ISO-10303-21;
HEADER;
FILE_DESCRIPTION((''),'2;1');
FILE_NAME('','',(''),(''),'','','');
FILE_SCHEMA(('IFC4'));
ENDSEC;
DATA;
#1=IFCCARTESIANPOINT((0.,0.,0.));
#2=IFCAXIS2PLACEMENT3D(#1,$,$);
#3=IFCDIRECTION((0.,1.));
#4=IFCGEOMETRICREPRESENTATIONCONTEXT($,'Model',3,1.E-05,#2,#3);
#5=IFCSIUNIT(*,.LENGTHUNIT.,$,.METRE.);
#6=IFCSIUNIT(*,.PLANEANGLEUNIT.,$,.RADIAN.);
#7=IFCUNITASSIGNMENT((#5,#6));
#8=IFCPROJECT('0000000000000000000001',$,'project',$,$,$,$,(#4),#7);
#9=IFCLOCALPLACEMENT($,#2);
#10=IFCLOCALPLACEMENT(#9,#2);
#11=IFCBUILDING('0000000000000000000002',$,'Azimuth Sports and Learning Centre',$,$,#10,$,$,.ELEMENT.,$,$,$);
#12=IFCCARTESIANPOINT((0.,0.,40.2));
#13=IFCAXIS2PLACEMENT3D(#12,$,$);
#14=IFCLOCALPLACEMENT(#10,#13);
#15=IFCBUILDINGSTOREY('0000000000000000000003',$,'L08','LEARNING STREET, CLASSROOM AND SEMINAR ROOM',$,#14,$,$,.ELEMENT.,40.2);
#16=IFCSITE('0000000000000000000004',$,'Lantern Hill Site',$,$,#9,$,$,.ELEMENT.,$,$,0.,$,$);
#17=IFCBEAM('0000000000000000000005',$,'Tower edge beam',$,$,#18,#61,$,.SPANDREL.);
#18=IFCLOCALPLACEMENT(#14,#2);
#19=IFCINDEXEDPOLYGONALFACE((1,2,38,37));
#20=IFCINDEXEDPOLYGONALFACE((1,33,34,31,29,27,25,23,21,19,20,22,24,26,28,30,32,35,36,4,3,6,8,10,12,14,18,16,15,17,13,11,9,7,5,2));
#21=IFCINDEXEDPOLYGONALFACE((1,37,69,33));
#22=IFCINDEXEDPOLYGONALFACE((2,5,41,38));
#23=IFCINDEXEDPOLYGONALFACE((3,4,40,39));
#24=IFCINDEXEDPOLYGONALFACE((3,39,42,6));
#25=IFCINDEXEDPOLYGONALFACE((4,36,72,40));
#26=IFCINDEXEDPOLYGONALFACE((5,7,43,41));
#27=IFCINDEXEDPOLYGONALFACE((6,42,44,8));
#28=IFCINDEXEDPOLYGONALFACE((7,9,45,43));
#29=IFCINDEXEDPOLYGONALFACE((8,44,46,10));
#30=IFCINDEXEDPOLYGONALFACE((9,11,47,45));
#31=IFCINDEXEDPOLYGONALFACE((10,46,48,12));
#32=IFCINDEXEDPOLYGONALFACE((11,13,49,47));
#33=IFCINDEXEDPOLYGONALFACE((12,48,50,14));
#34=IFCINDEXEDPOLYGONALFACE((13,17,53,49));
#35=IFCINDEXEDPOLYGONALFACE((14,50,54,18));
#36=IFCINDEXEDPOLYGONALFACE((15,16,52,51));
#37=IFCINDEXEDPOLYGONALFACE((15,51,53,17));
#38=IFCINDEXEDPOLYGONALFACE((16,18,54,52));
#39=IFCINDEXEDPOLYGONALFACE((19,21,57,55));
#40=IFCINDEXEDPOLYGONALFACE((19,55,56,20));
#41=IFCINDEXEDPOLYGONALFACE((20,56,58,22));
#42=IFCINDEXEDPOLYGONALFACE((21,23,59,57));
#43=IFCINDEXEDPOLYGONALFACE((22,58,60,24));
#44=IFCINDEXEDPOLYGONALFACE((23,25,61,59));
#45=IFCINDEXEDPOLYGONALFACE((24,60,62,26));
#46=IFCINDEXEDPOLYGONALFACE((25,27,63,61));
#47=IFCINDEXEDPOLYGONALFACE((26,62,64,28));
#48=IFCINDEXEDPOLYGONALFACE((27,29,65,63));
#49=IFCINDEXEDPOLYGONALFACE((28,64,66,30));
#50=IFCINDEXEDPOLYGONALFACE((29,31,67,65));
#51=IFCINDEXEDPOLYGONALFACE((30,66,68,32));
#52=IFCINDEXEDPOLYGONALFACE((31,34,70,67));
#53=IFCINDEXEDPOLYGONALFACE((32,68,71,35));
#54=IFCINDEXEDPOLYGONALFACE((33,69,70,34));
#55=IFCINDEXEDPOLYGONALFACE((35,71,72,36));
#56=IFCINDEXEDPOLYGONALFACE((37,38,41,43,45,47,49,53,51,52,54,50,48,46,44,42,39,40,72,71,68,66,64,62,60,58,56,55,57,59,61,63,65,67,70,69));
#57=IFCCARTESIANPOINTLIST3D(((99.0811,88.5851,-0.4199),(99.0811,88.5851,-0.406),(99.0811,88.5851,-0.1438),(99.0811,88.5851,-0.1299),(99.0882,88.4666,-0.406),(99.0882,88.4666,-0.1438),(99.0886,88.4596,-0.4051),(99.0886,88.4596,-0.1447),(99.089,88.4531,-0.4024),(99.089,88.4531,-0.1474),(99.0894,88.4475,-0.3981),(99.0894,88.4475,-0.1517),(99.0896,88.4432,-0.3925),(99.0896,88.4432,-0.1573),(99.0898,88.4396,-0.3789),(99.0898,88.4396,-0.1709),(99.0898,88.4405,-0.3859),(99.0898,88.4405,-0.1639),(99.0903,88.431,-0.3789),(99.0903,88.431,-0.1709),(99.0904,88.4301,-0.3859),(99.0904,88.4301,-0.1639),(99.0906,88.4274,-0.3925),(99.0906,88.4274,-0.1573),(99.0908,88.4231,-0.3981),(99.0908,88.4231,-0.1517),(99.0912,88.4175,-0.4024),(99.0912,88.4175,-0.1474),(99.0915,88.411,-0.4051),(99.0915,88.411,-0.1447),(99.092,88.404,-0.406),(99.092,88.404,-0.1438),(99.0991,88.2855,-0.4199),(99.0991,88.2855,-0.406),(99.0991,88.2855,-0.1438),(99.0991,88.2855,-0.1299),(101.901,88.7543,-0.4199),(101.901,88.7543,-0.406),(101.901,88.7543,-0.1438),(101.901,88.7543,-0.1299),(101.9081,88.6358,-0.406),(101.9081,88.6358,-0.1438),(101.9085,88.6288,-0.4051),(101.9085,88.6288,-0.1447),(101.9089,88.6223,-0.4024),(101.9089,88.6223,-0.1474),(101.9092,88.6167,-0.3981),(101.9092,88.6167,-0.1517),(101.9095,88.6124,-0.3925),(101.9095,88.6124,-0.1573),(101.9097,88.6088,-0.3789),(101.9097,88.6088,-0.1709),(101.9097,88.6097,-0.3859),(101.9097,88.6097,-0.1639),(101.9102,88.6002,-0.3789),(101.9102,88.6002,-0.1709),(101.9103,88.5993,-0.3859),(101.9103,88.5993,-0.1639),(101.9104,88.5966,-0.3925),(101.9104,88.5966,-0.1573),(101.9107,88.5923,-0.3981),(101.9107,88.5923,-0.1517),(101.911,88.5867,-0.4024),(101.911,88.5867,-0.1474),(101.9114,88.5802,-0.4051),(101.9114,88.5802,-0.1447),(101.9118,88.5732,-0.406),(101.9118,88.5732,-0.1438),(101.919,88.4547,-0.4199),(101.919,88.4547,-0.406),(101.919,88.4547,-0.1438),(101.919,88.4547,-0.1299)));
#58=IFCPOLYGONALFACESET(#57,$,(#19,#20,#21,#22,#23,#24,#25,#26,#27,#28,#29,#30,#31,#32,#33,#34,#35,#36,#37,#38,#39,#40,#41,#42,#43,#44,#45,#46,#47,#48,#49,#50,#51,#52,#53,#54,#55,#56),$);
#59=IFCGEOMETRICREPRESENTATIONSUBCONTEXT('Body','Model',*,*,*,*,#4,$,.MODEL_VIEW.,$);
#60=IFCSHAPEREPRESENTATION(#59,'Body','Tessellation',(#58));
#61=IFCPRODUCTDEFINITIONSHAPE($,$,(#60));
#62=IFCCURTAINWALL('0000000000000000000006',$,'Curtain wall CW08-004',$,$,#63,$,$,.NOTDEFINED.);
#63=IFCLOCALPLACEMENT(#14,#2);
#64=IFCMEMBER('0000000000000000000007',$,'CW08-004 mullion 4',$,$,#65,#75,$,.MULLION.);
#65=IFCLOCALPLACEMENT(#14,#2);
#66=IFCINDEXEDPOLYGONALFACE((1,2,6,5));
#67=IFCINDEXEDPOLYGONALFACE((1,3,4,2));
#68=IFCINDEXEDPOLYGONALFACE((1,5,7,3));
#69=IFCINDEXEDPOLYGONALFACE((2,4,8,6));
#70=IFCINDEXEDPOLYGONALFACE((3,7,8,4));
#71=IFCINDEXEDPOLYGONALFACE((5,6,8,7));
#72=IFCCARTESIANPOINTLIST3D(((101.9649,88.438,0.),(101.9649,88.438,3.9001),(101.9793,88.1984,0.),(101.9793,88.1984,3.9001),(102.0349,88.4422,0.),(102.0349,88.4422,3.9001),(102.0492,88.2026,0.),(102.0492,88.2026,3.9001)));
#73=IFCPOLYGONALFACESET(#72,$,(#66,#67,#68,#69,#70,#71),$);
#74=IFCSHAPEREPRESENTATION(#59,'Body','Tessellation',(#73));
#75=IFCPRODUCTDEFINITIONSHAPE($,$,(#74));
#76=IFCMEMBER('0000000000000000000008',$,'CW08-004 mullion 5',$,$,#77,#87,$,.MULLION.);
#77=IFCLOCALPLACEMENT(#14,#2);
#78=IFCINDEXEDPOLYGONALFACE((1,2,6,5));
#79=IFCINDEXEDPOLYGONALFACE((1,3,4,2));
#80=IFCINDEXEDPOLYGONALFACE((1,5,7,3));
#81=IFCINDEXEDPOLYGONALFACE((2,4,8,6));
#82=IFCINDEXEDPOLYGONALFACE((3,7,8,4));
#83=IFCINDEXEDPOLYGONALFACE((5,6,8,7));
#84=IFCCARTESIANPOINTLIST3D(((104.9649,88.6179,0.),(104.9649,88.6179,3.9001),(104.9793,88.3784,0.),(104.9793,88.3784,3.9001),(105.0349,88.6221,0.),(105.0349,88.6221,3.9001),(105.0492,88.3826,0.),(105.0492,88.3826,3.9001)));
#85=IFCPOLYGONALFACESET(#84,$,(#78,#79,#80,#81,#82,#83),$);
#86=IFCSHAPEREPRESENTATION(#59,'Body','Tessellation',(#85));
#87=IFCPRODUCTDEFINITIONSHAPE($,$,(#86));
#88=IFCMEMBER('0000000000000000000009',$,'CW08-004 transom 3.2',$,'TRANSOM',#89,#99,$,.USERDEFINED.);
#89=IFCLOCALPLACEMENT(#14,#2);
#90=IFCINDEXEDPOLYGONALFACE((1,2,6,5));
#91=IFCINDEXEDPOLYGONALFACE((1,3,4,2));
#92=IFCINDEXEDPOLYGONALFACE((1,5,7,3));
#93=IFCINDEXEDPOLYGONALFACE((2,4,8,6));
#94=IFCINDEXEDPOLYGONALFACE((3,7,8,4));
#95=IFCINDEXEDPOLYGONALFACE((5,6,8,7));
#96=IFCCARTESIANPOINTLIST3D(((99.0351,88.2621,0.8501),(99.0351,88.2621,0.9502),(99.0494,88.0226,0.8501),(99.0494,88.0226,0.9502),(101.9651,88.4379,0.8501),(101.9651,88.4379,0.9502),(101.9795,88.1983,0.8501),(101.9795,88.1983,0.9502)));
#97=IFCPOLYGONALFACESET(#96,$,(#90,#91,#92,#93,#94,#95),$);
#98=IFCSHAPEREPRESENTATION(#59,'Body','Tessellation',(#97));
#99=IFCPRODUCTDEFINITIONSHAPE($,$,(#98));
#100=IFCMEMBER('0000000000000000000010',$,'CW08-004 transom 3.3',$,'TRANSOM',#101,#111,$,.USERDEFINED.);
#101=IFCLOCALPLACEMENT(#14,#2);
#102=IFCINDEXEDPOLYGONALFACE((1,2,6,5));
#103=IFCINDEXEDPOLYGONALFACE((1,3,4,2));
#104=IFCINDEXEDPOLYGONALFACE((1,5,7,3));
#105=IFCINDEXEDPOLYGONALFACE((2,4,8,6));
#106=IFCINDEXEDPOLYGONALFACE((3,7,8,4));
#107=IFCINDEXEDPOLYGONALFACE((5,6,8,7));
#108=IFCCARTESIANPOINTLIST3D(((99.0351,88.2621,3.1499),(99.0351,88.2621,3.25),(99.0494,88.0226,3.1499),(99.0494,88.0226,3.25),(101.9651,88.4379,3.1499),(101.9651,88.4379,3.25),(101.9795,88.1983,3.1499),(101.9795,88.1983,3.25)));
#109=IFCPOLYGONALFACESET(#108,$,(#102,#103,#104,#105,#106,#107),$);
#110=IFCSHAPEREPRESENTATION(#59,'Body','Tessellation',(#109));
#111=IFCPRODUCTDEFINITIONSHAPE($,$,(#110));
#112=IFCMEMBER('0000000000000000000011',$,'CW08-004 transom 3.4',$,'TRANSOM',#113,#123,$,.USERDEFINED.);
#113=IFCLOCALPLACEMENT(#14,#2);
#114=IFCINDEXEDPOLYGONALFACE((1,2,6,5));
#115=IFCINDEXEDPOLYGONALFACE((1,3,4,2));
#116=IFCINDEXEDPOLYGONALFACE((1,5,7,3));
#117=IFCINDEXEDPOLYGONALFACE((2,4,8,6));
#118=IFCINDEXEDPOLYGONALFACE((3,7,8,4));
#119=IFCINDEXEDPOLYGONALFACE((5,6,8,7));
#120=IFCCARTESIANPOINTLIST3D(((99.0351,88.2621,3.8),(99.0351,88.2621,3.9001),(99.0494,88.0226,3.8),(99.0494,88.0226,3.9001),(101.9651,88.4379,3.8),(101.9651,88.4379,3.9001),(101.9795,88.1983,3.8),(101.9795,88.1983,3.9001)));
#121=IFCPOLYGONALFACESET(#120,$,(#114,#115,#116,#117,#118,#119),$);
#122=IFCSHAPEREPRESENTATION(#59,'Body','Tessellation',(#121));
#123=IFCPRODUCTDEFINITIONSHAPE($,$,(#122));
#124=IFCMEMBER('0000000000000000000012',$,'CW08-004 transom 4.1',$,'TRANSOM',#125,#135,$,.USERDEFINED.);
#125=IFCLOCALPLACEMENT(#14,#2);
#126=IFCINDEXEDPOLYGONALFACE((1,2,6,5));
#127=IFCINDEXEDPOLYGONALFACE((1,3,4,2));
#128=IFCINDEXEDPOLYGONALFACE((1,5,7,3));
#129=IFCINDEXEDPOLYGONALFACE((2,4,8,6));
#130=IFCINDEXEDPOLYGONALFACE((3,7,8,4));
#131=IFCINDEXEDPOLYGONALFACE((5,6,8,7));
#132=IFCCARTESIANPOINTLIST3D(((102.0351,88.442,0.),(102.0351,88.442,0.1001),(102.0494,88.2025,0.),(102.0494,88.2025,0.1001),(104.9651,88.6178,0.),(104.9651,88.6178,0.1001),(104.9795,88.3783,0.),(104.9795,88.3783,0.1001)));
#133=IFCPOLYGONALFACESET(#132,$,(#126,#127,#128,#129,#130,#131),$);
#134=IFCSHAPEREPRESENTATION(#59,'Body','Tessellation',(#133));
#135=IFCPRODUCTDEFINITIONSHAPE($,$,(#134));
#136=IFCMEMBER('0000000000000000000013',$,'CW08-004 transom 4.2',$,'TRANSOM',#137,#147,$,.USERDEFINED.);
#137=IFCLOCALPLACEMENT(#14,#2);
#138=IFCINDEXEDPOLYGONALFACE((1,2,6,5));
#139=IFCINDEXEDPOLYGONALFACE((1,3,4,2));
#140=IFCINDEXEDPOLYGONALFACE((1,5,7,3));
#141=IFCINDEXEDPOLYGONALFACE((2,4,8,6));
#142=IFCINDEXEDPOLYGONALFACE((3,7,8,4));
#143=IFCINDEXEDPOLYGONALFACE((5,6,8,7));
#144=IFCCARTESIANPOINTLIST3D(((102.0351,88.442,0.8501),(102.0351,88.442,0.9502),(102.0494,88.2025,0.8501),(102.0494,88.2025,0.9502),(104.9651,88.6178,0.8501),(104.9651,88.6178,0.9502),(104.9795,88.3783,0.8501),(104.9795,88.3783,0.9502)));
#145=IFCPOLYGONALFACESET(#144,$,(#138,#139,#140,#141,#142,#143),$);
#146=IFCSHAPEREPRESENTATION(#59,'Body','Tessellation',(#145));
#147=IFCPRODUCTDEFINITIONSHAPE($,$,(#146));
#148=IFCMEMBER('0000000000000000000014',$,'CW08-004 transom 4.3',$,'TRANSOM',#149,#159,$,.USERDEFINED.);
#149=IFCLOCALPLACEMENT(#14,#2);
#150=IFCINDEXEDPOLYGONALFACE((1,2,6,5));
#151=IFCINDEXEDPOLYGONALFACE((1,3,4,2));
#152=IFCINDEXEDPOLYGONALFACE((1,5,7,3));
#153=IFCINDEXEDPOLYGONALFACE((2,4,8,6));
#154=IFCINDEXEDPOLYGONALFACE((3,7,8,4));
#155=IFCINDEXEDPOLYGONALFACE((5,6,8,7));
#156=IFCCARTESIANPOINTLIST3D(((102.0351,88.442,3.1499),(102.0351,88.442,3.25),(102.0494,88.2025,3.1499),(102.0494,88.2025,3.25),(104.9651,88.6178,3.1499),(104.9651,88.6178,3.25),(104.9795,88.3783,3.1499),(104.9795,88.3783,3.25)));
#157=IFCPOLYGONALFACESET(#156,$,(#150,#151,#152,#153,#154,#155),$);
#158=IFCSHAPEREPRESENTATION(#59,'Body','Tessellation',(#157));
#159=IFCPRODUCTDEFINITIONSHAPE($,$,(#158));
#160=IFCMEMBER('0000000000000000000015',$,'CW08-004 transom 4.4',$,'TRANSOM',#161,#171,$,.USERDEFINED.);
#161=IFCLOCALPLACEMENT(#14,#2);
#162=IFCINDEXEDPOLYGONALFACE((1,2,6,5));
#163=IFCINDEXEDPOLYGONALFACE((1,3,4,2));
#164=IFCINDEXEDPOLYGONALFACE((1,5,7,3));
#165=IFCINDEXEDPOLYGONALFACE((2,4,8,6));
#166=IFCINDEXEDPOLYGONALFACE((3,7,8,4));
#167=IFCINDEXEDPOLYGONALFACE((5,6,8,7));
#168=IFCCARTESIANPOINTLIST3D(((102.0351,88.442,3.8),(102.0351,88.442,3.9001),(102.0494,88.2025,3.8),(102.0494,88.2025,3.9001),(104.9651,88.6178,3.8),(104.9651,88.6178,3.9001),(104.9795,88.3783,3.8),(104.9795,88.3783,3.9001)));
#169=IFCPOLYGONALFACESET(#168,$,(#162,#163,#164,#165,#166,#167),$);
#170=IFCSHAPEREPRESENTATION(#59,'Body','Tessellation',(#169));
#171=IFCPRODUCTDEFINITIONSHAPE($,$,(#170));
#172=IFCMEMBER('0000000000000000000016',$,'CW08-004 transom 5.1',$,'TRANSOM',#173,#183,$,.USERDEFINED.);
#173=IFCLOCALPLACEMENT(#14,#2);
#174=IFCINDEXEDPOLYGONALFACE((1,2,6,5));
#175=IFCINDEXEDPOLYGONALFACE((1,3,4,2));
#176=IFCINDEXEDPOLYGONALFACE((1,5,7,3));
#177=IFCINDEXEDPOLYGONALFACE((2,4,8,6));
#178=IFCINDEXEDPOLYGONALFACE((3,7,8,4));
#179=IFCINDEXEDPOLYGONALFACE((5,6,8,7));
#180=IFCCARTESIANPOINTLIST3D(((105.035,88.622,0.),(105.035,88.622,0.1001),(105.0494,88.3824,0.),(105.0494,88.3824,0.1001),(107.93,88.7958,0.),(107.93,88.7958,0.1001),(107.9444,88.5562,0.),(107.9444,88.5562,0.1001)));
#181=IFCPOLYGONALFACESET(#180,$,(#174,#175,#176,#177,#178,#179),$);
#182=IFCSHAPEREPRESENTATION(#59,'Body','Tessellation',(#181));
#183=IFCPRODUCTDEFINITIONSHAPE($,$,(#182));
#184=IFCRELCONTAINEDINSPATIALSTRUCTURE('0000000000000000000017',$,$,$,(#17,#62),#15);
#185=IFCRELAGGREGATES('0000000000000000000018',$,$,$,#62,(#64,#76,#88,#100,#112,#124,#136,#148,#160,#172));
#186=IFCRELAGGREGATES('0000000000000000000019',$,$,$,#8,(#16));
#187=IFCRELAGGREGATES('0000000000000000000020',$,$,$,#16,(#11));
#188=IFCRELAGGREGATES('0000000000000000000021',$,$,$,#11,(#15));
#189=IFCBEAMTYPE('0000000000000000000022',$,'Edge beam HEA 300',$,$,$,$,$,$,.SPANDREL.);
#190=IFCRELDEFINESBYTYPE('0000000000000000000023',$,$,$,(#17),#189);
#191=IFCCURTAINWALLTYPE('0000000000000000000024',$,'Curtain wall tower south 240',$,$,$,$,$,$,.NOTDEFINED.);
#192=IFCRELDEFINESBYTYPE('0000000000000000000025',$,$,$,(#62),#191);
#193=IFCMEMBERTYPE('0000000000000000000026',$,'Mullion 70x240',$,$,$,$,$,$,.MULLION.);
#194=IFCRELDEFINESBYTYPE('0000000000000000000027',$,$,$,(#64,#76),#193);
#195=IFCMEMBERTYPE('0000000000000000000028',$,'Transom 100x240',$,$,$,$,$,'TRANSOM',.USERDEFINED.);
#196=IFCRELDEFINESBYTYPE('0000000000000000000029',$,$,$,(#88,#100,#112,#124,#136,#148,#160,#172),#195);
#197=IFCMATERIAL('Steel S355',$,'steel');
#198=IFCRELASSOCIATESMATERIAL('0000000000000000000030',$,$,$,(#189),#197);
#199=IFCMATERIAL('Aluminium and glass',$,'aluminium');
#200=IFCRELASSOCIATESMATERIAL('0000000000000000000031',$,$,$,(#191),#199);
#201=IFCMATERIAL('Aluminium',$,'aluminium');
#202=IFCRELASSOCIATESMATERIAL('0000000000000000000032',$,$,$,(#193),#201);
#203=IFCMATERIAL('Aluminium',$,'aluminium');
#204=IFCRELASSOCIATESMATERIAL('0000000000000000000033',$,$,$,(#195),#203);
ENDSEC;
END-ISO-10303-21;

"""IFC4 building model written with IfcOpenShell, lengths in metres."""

from ifc_helpers import new_model, si_unit, direction, frame, origin, origin_2d, place, context, subcontext, project, spatial, rectangle, i_section, extrude, material, material_profile, profile_set, type_object, element, aggregate, save


model = new_model("IFC4")

# Units and contexts
model_context = context("Model", 3, precision=1e-05, world=origin(), true_north=direction((0.0, 1.0)))
body_context = subcontext(model_context, "Body", "Model", "MODEL_VIEW")
ifc_project = project(units=[si_unit("LENGTHUNIT", "METRE"), si_unit("PLANEANGLEUNIT", "RADIAN")], contexts=[model_context])

# Site, building, storey
site_placement = place(None, origin())
site = spatial("IfcSite", under=ifc_project, at=site_placement, Name="Lantern Hill Site", CompositionType="ELEMENT", RefElevation=0.0)
building_placement = place(site_placement, origin())
building = spatial("IfcBuilding", under=site, at=building_placement, Name="Azimuth Sports and Learning Centre", CompositionType="ELEMENT")
storey_placement = place(building_placement, frame((0.0, 0.0, 40.2)))
storey = spatial("IfcBuildingStorey", under=building, at=storey_placement, Name="L08", Description="LEARNING STREET, CLASSROOM AND SEMINAR ROOM", CompositionType="ELEMENT", Elevation=40.2)

# Beam
ifc_material_1 = material(Name="Steel S355", Category="steel")
ifc_material_profile_1 = material_profile(ifc_material_1, i_section(OverallWidth=0.3, OverallDepth=0.29, WebThickness=0.0085, FlangeThickness=0.0139, FilletRadius=0.0271, at=origin_2d()), Name="HEA 300")
ifc_profile_set_1 = profile_set([ifc_material_profile_1], Name="Steel S355")
beam_type = type_object("IfcBeamType", Name="Edge beam HEA 300", PredefinedType="SPANDREL", material=ifc_profile_set_1)
beam_placement = place(storey_placement, frame((99.0901, 88.4353, -0.2749), z_axis=(0.998205, 0.059892, 0.0), x_axis=(-0.059892, 0.998205, 0.0)))
element("IfcBeam", 1, at=beam_placement, inside=storey, type_object=beam_type, Name="Tower edge beam", PredefinedType="SPANDREL", context=body_context, shape_type="SweptSolid", body=[
    extrude(i_section(OverallWidth=0.3, OverallDepth=0.29, WebThickness=0.0085, FlangeThickness=0.0139, FilletRadius=0.0271, at=origin_2d()), origin(), (0.0, 0.0, 1.0), 2.825),
])

# Curtain wall, members
ifc_material_2 = material(Name="Aluminium and glass", Category="aluminium")
curtain_wall_type = type_object("IfcCurtainWallType", Name="Curtain wall tower south 240", PredefinedType="NOTDEFINED", material=ifc_material_2)
curtain_wall_placement = place(storey_placement, origin())
curtain_wall = element("IfcCurtainWall", 2, at=curtain_wall_placement, inside=storey, type_object=curtain_wall_type, Name="Curtain wall CW08-004", PredefinedType="NOTDEFINED")
ifc_material_3 = material(Name="Aluminium", Category="aluminium")
ifc_material_profile_2 = material_profile(ifc_material_3, rectangle(XDim=0.24, YDim=0.0701, at=origin_2d()), Name="Mullion 70x240")
ifc_profile_set_2 = profile_set([ifc_material_profile_2], Name="Aluminium")
member_type_1 = type_object("IfcMemberType", Name="Mullion 70x240", PredefinedType="MULLION", material=ifc_profile_set_2)
member_1_placement = place(storey_placement, frame((102.0071, 88.3203, 0.0), z_axis=(0.0, 0.0, 1.0), x_axis=(-0.059892, 0.998205, 0.0)))
member_1 = element("IfcMember", 3, at=member_1_placement, type_object=member_type_1, Name="CW08-004 mullion 4", PredefinedType="MULLION", context=body_context, shape_type="SweptSolid", body=[
    extrude(rectangle(XDim=0.24, YDim=0.0701, at=origin_2d()), origin(), (0.0, 0.0, 1.0), 3.9001),
])
member_2_placement = place(storey_placement, frame((105.0071, 88.5002, 0.0), z_axis=(0.0, 0.0, 1.0), x_axis=(-0.059892, 0.998205, 0.0)))
member_2 = element("IfcMember", 4, at=member_2_placement, type_object=member_type_1, Name="CW08-004 mullion 5", PredefinedType="MULLION", context=body_context, shape_type="SweptSolid", body=[
    extrude(rectangle(XDim=0.24, YDim=0.0701, at=origin_2d()), origin(), (0.0, 0.0, 1.0), 3.9001),
])
ifc_material_4 = material(Name="Aluminium", Category="aluminium")
ifc_material_profile_3 = material_profile(ifc_material_4, rectangle(XDim=0.24, YDim=0.1001, at=origin_2d()), Name="Transom 100x240")
ifc_profile_set_3 = profile_set([ifc_material_profile_3], Name="Aluminium")
member_type_2 = type_object("IfcMemberType", Name="Transom 100x240", ElementType="TRANSOM", PredefinedType="USERDEFINED", material=ifc_profile_set_3)
member_3_placement = place(storey_placement, frame((99.0422, 88.1423, 0.9001), z_axis=(0.998205, 0.059887, 0.0), x_axis=(-0.059887, 0.998205, 0.0)))
member_3 = element("IfcMember", 5, at=member_3_placement, type_object=member_type_2, Name="CW08-004 transom 3.2", ObjectType="TRANSOM", PredefinedType="USERDEFINED", context=body_context, shape_type="SweptSolid", body=[
    extrude(rectangle(XDim=0.24, YDim=0.1001, at=origin_2d()), origin(), (0.0, 0.0, 1.0), 2.9353),
])
member_4_placement = place(storey_placement, frame((99.0422, 88.1423, 3.2), z_axis=(0.998205, 0.059887, 0.0), x_axis=(-0.059887, 0.998205, 0.0)))
member_4 = element("IfcMember", 6, at=member_4_placement, type_object=member_type_2, Name="CW08-004 transom 3.3", ObjectType="TRANSOM", PredefinedType="USERDEFINED", context=body_context, shape_type="SweptSolid", body=[
    extrude(rectangle(XDim=0.24, YDim=0.1001, at=origin_2d()), origin(), (0.0, 0.0, 1.0), 2.9353),
])
member_5_placement = place(storey_placement, frame((99.0422, 88.1423, 3.8501), z_axis=(0.998205, 0.059887, 0.0), x_axis=(-0.059887, 0.998205, 0.0)))
member_5 = element("IfcMember", 7, at=member_5_placement, type_object=member_type_2, Name="CW08-004 transom 3.4", ObjectType="TRANSOM", PredefinedType="USERDEFINED", context=body_context, shape_type="SweptSolid", body=[
    extrude(rectangle(XDim=0.24, YDim=0.1001, at=origin_2d()), origin(), (0.0, 0.0, 1.0), 2.9353),
])
member_6_placement = place(storey_placement, frame((102.0422, 88.3223, 0.05), z_axis=(0.998205, 0.059887, 0.0), x_axis=(-0.059887, 0.998205, 0.0)))
member_6 = element("IfcMember", 8, at=member_6_placement, type_object=member_type_2, Name="CW08-004 transom 4.1", ObjectType="TRANSOM", PredefinedType="USERDEFINED", context=body_context, shape_type="SweptSolid", body=[
    extrude(rectangle(XDim=0.24, YDim=0.1001, at=origin_2d()), origin(), (0.0, 0.0, 1.0), 2.9353),
])
member_7_placement = place(storey_placement, frame((102.0422, 88.3223, 0.9001), z_axis=(0.998205, 0.059887, 0.0), x_axis=(-0.059887, 0.998205, 0.0)))
member_7 = element("IfcMember", 9, at=member_7_placement, type_object=member_type_2, Name="CW08-004 transom 4.2", ObjectType="TRANSOM", PredefinedType="USERDEFINED", context=body_context, shape_type="SweptSolid", body=[
    extrude(rectangle(XDim=0.24, YDim=0.1001, at=origin_2d()), origin(), (0.0, 0.0, 1.0), 2.9353),
])
member_8_placement = place(storey_placement, frame((102.0422, 88.3223, 3.2), z_axis=(0.998205, 0.059887, 0.0), x_axis=(-0.059887, 0.998205, 0.0)))
member_8 = element("IfcMember", 10, at=member_8_placement, type_object=member_type_2, Name="CW08-004 transom 4.3", ObjectType="TRANSOM", PredefinedType="USERDEFINED", context=body_context, shape_type="SweptSolid", body=[
    extrude(rectangle(XDim=0.24, YDim=0.1001, at=origin_2d()), origin(), (0.0, 0.0, 1.0), 2.9353),
])
member_9_placement = place(storey_placement, frame((102.0422, 88.3223, 3.8501), z_axis=(0.998205, 0.059887, 0.0), x_axis=(-0.059887, 0.998205, 0.0)))
member_9 = element("IfcMember", 11, at=member_9_placement, type_object=member_type_2, Name="CW08-004 transom 4.4", ObjectType="TRANSOM", PredefinedType="USERDEFINED", context=body_context, shape_type="SweptSolid", body=[
    extrude(rectangle(XDim=0.24, YDim=0.1001, at=origin_2d()), origin(), (0.0, 0.0, 1.0), 2.9353),
])
member_10_placement = place(storey_placement, frame((105.0422, 88.5022, 0.05), z_axis=(0.998202, 0.059936, 0.0), x_axis=(-0.059936, 0.998202, 0.0)))
member_10 = element("IfcMember", 12, at=member_10_placement, type_object=member_type_2, Name="CW08-004 transom 5.1", ObjectType="TRANSOM", PredefinedType="USERDEFINED", context=body_context, shape_type="SweptSolid", body=[
    extrude(rectangle(XDim=0.24, YDim=0.1001, at=origin_2d()), origin(), (0.0, 0.0, 1.0), 2.9001),
])
aggregate(curtain_wall, [member_1, member_2, member_3, member_4, member_5, member_6, member_7, member_8, member_9, member_10])

save(model, "model.ifc")
